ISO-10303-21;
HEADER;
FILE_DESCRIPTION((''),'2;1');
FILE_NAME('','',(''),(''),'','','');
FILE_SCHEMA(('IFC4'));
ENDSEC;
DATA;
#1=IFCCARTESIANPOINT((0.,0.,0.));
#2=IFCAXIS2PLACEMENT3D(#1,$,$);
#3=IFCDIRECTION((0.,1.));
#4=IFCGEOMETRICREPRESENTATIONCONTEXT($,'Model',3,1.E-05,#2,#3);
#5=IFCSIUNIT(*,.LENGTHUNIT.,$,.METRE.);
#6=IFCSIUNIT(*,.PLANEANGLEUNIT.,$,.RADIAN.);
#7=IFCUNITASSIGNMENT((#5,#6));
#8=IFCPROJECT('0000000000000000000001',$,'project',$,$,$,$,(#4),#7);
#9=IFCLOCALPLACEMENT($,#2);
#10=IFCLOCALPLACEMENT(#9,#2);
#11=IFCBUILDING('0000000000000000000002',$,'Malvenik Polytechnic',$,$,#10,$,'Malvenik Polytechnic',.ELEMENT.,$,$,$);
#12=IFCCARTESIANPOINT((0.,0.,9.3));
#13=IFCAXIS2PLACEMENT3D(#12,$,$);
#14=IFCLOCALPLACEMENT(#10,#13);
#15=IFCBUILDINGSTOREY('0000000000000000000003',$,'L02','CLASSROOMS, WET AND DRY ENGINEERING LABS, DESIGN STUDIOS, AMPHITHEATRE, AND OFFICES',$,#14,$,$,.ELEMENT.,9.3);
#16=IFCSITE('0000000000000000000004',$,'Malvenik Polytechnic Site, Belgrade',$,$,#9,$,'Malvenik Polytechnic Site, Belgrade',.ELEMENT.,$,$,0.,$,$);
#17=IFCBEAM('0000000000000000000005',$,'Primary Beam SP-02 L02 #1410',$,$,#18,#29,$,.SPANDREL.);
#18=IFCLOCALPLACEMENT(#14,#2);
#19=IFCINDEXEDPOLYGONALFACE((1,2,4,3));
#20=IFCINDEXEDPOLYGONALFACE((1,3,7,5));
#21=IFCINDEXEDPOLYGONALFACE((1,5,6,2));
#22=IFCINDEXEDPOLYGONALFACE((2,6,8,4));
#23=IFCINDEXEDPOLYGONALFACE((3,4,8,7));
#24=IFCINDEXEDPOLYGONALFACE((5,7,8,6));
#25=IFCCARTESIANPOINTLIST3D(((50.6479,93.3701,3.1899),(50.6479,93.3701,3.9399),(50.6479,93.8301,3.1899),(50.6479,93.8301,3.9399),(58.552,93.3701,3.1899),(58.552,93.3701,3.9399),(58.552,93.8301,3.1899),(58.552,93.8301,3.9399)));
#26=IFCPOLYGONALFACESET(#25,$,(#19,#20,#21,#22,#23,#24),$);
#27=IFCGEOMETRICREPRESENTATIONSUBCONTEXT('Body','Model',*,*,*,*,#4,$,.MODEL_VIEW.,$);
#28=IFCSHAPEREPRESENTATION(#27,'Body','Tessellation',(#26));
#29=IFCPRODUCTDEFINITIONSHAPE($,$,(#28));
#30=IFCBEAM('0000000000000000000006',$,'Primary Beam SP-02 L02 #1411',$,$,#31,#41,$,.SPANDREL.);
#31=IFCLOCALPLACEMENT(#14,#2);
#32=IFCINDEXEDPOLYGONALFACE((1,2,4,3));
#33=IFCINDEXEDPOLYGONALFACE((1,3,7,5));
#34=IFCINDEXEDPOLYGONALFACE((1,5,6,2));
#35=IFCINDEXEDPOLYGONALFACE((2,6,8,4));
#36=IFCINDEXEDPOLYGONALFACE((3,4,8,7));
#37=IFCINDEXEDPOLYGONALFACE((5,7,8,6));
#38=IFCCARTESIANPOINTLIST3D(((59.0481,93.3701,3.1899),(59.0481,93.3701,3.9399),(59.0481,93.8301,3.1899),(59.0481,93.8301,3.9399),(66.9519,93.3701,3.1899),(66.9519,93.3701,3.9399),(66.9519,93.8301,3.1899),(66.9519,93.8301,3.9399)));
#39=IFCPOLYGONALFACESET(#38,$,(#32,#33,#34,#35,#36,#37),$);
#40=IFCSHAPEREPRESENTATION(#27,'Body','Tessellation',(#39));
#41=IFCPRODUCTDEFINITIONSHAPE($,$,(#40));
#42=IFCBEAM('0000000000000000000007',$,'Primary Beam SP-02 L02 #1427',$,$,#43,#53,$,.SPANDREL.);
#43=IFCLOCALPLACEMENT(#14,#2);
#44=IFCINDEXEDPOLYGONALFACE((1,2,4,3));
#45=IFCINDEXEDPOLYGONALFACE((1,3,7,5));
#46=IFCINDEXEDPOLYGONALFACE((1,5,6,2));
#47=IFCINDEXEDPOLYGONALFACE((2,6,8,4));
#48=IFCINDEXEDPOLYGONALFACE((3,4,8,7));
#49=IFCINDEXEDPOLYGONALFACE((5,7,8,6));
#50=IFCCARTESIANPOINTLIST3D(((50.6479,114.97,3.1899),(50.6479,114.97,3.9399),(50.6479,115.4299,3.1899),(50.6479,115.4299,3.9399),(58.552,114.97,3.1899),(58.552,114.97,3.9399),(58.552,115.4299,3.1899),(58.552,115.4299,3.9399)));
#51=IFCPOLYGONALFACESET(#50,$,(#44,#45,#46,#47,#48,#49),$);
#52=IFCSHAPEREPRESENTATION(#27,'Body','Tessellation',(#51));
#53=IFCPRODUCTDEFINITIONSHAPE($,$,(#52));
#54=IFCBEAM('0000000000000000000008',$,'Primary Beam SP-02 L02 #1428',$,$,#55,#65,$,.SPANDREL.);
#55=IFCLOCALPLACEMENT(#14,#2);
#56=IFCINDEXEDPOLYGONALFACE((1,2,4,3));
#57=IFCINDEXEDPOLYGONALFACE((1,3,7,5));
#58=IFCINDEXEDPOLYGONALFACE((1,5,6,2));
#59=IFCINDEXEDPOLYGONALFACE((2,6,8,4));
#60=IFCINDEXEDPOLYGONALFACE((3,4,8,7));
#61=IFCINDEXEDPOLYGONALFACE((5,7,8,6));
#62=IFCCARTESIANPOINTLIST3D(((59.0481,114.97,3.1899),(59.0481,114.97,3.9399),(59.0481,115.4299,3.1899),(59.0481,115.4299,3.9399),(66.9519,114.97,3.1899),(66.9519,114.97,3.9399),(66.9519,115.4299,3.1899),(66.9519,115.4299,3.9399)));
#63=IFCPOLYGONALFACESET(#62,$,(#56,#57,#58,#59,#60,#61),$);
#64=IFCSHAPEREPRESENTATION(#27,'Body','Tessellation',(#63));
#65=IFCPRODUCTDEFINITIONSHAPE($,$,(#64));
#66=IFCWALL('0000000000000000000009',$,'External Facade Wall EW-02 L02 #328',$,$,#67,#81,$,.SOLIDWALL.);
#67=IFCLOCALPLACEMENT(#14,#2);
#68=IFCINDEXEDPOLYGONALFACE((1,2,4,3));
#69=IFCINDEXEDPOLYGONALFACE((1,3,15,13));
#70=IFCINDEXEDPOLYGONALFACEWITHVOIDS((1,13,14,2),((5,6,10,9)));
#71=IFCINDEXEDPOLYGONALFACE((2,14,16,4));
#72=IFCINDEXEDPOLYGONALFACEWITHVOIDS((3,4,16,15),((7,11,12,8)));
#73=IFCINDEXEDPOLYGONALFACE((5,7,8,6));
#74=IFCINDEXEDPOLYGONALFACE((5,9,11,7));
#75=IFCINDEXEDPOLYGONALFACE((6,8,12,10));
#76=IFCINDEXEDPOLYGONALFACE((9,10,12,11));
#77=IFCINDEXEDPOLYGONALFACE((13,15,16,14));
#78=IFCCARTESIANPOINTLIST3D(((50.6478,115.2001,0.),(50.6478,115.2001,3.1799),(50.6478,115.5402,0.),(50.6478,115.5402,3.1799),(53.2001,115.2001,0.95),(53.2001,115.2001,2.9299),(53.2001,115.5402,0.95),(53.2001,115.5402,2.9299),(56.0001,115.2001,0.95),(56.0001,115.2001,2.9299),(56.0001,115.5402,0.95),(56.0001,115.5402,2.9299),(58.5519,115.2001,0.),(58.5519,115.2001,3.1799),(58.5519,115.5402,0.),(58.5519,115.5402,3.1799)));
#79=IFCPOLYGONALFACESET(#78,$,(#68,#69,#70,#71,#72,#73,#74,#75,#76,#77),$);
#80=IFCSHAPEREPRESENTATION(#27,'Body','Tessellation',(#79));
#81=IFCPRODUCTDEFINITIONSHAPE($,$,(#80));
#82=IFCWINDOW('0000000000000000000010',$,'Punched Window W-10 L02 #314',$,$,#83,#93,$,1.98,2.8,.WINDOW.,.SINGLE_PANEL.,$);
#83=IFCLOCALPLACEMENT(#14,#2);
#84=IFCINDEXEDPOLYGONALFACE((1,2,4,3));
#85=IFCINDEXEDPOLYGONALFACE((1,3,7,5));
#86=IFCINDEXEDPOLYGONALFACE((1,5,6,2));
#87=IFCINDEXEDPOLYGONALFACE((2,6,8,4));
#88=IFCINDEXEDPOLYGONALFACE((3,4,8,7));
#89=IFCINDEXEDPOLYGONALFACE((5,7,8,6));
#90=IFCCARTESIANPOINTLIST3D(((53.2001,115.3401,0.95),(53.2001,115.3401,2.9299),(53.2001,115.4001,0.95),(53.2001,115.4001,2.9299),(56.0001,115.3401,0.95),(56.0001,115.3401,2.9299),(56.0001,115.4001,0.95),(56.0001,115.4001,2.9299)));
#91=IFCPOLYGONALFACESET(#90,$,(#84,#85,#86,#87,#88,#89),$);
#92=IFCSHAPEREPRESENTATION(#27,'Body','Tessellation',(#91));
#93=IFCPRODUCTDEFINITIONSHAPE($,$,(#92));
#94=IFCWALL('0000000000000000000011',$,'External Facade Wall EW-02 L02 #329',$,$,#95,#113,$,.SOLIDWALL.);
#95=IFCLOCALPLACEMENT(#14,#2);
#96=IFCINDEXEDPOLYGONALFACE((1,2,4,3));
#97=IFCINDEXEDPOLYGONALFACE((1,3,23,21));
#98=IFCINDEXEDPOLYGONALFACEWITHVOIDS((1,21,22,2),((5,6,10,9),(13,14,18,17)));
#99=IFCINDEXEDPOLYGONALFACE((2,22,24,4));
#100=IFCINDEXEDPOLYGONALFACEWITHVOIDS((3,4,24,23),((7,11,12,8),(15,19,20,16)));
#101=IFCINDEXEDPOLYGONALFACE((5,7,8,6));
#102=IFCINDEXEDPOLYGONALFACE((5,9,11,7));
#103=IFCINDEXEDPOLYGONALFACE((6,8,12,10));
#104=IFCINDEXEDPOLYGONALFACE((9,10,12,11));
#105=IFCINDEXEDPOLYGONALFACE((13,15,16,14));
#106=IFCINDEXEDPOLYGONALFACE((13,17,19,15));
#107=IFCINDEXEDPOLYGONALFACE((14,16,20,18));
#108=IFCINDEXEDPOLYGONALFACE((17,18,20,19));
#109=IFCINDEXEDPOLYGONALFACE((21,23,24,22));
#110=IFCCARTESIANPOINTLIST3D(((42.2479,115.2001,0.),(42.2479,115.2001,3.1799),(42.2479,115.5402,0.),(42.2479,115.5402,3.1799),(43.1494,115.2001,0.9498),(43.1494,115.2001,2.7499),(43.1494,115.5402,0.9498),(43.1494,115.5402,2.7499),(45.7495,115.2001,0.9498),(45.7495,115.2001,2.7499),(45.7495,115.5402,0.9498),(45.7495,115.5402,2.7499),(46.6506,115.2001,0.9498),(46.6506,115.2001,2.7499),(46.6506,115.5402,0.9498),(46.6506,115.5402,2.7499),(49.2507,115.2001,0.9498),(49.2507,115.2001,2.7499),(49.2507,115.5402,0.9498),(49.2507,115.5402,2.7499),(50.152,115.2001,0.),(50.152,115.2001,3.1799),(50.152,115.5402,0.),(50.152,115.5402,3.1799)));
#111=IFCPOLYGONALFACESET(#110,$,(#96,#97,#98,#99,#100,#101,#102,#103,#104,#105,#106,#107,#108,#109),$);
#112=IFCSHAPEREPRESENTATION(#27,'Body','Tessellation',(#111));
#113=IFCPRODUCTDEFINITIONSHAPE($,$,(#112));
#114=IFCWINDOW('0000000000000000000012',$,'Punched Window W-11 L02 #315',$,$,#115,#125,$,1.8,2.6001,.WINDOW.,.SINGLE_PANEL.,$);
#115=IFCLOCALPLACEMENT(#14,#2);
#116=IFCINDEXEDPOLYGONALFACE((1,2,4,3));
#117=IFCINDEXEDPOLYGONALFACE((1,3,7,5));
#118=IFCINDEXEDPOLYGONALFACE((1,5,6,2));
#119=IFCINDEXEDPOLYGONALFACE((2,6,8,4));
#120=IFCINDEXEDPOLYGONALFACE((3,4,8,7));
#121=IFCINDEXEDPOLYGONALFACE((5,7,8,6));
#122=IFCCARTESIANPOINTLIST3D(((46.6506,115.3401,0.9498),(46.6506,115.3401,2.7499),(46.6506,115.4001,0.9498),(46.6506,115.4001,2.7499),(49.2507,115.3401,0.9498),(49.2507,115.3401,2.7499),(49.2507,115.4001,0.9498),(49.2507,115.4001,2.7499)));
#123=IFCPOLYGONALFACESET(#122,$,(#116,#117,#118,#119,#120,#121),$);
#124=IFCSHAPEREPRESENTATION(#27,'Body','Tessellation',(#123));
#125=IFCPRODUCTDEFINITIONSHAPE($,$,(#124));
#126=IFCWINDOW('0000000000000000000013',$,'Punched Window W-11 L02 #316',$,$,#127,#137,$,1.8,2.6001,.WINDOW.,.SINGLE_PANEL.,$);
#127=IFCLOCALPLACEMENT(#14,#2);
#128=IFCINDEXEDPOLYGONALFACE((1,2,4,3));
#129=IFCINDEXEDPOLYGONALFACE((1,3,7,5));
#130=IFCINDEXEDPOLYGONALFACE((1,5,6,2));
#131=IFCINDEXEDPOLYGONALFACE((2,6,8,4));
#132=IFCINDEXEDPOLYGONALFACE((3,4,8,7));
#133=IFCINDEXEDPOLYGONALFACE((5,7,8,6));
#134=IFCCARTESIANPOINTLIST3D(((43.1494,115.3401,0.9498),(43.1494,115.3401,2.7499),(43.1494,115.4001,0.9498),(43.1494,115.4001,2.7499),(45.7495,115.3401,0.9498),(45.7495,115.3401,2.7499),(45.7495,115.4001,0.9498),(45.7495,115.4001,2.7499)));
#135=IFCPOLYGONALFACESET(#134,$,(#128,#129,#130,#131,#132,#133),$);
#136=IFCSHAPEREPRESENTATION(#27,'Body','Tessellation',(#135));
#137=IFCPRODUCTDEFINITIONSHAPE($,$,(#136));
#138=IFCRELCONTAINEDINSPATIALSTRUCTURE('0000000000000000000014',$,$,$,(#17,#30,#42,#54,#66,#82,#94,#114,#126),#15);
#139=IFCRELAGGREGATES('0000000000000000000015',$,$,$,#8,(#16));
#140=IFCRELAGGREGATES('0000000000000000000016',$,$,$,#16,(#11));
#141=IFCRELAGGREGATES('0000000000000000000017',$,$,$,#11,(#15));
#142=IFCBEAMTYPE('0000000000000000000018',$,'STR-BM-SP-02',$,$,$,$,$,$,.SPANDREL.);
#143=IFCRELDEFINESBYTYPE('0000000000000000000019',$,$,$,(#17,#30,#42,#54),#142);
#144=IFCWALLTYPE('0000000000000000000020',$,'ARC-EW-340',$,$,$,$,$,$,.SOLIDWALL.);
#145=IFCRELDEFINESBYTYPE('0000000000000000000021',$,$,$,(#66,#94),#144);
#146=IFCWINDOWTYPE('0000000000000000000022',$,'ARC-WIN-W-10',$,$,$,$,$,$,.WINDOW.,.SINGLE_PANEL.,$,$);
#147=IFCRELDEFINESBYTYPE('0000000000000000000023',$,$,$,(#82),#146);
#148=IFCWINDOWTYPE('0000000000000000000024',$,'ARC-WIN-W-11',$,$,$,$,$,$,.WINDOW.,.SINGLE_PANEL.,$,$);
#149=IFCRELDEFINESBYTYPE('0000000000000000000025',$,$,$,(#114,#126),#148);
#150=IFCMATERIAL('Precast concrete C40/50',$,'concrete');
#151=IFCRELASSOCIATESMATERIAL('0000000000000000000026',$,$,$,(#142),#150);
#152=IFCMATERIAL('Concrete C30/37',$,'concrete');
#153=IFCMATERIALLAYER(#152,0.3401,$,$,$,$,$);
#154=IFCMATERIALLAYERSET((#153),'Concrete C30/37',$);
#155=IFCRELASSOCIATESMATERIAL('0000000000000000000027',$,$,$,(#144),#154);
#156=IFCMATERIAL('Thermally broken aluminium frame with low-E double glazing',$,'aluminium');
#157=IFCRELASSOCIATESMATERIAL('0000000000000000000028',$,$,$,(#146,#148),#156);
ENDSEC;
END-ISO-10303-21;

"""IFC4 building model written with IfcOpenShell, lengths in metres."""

from ifc_helpers import new_model, si_unit, direction, frame, frame_2d, origin, origin_2d, place, context, subcontext, project, spatial, rectangle, extrude, material, layer, layer_set, material_profile, profile_set, type_object, element, fill, save


model = new_model("IFC4")

# Units and contexts
model_context = context("Model", 3, precision=1e-05, world=origin(), true_north=direction((0.0, 1.0)))
body_context = subcontext(model_context, "Body", "Model", "MODEL_VIEW")
ifc_project = project(units=[si_unit("LENGTHUNIT", "METRE"), si_unit("PLANEANGLEUNIT", "RADIAN")], contexts=[model_context])

# Site, building, storey
site_placement = place(None, origin())
site = spatial("IfcSite", under=ifc_project, at=site_placement, Name="Malvenik Polytechnic Site, Belgrade", LongName="Malvenik Polytechnic Site, Belgrade", CompositionType="ELEMENT", RefElevation=0.0)
building_placement = place(site_placement, origin())
building = spatial("IfcBuilding", under=site, at=building_placement, Name="Malvenik Polytechnic", LongName="Malvenik Polytechnic", CompositionType="ELEMENT")
storey_placement = place(building_placement, frame((0.0, 0.0, 9.3)))
storey = spatial("IfcBuildingStorey", under=building, at=storey_placement, Name="L02", Description="CLASSROOMS, WET AND DRY ENGINEERING LABS, DESIGN STUDIOS, AMPHITHEATRE, AND OFFICES", CompositionType="ELEMENT", Elevation=9.3)

# Beams
ifc_material_1 = material(Name="Precast concrete C40/50", Category="concrete")
ifc_material_profile_1 = material_profile(ifc_material_1, rectangle(XDim=0.46, YDim=0.75, at=origin_2d()), Name="PC SPN 460x750")
ifc_profile_set_1 = profile_set([ifc_material_profile_1], Name="Precast concrete C40/50")
beam_type = type_object("IfcBeamType", Name="STR-BM-SP-02", PredefinedType="SPANDREL", material=ifc_profile_set_1)
beam_1_placement = place(storey_placement, frame((50.6479, 93.6001, 3.5649), z_axis=(1.0, 0.0, 0.0), x_axis=(0.0, 1.0, 0.0)))
element("IfcBeam", 1, at=beam_1_placement, inside=storey, type_object=beam_type, Name="Primary Beam SP-02 L02 #1410", PredefinedType="SPANDREL", context=body_context, shape_type="SweptSolid", body=[
    extrude(rectangle(XDim=0.46, YDim=0.75, at=origin_2d()), origin(), (0.0, 0.0, 1.0), 7.9041),
])
beam_2_placement = place(storey_placement, frame((59.0481, 93.6001, 3.5649), z_axis=(1.0, 0.0, 0.0), x_axis=(0.0, 1.0, 0.0)))
element("IfcBeam", 2, at=beam_2_placement, inside=storey, type_object=beam_type, Name="Primary Beam SP-02 L02 #1411", PredefinedType="SPANDREL", context=body_context, shape_type="SweptSolid", body=[
    extrude(rectangle(XDim=0.46, YDim=0.75, at=origin_2d()), origin(), (0.0, 0.0, 1.0), 7.9038),
])
beam_3_placement = place(storey_placement, frame((50.6479, 115.2, 3.5649), z_axis=(1.0, 0.0, 0.0), x_axis=(0.0, 1.0, 0.0)))
element("IfcBeam", 3, at=beam_3_placement, inside=storey, type_object=beam_type, Name="Primary Beam SP-02 L02 #1427", PredefinedType="SPANDREL", context=body_context, shape_type="SweptSolid", body=[
    extrude(rectangle(XDim=0.46, YDim=0.75, at=origin_2d()), origin(), (0.0, 0.0, 1.0), 7.9041),
])
beam_4_placement = place(storey_placement, frame((59.0481, 115.2, 3.5649), z_axis=(1.0, 0.0, 0.0), x_axis=(0.0, 1.0, 0.0)))
element("IfcBeam", 4, at=beam_4_placement, inside=storey, type_object=beam_type, Name="Primary Beam SP-02 L02 #1428", PredefinedType="SPANDREL", context=body_context, shape_type="SweptSolid", body=[
    extrude(rectangle(XDim=0.46, YDim=0.75, at=origin_2d()), origin(), (0.0, 0.0, 1.0), 7.9038),
])

# Wall, opening, window
ifc_material_2 = material(Name="Concrete C30/37", Category="concrete")
ifc_layer = layer(ifc_material_2, 0.3401)
ifc_layer_set = layer_set([ifc_layer], Name="Concrete C30/37")
wall_type = type_object("IfcWallType", Name="ARC-EW-340", PredefinedType="SOLIDWALL", material=ifc_layer_set)
wall_1_placement = place(storey_placement, frame((58.552, 115.3701, 0.0), z_axis=(0.0, 0.0, 1.0), x_axis=(-1.0, 0.0, 0.0)))
wall_1 = element("IfcWall", 5, at=wall_1_placement, inside=storey, type_object=wall_type, Name="External Facade Wall EW-02 L02 #328", PredefinedType="SOLIDWALL", context=body_context, shape_type="SweptSolid", body=[
    extrude(rectangle(XDim=7.9041, YDim=0.3401, at=frame_2d((3.9521, 0.0))), origin(), (0.0, 0.0, 1.0), 3.1799),
])
opening_1_placement = place(wall_1_placement, frame((2.552, 0.0, 0.95)))
opening_1 = element("IfcOpeningElement", 6, at=opening_1_placement, cuts=wall_1, PredefinedType="OPENING", context=body_context, shape_type="SweptSolid", body=[
    extrude(rectangle(XDim=2.8, YDim=1.98, at=frame_2d((1.3999, 0.99))), frame((0.0, 0.1802, 0.0), z_axis=(0.0, -1.0, 0.0), x_axis=(1.0, 0.0, 0.0)), (0.0, 0.0, 1.0), 0.3601),
])
ifc_material_3 = material(Name="Thermally broken aluminium frame with low-E double glazing", Category="aluminium")
window_type_1 = type_object("IfcWindowType", Name="ARC-WIN-W-10", PartitioningType="SINGLE_PANEL", PredefinedType="WINDOW", material=ifc_material_3)
window_1_placement = place(opening_1_placement, origin())
window_1 = element("IfcWindow", 7, at=window_1_placement, inside=storey, type_object=window_type_1, Name="Punched Window W-10 L02 #314", OverallHeight=1.98, OverallWidth=2.8, PartitioningType="SINGLE_PANEL", PredefinedType="WINDOW", context=body_context, shape_type="SweptSolid", body=[
    extrude(rectangle(XDim=2.8, YDim=1.98, at=frame_2d((1.3999, 0.99))), frame((0.0, 0.03, 0.0), z_axis=(0.0, -1.0, 0.0), x_axis=(1.0, 0.0, 0.0)), (0.0, 0.0, 1.0), 0.0601),
])
fill(opening_1, window_1)

# Wall, openings, windows
wall_2_placement = place(storey_placement, frame((50.1521, 115.3701, 0.0), z_axis=(0.0, 0.0, 1.0), x_axis=(-1.0, 0.0, 0.0)))
wall_2 = element("IfcWall", 8, at=wall_2_placement, inside=storey, type_object=wall_type, Name="External Facade Wall EW-02 L02 #329", PredefinedType="SOLIDWALL", context=body_context, shape_type="SweptSolid", body=[
    extrude(rectangle(XDim=7.9041, YDim=0.3401, at=frame_2d((3.9521, 0.0))), origin(), (0.0, 0.0, 1.0), 3.1799),
])
opening_2_placement = place(wall_2_placement, frame((0.9014, 0.0, 0.95)))
opening_2 = element("IfcOpeningElement", 9, at=opening_2_placement, cuts=wall_2, PredefinedType="OPENING", context=body_context, shape_type="SweptSolid", body=[
    extrude(rectangle(XDim=2.6001, YDim=1.8, at=frame_2d((1.3, 0.8999))), frame((0.0, 0.1802, 0.0), z_axis=(0.0, -1.0, 0.0), x_axis=(1.0, 0.0, 0.0)), (0.0, 0.0, 1.0), 0.3601),
])
opening_3_placement = place(wall_2_placement, frame((4.4026, 0.0, 0.95)))
opening_3 = element("IfcOpeningElement", 10, at=opening_3_placement, cuts=wall_2, PredefinedType="OPENING", context=body_context, shape_type="SweptSolid", body=[
    extrude(rectangle(XDim=2.6001, YDim=1.8, at=frame_2d((1.3, 0.8999))), frame((0.0, 0.1802, 0.0), z_axis=(0.0, -1.0, 0.0), x_axis=(1.0, 0.0, 0.0)), (0.0, 0.0, 1.0), 0.3601),
])
window_type_2 = type_object("IfcWindowType", Name="ARC-WIN-W-11", PartitioningType="SINGLE_PANEL", PredefinedType="WINDOW", material=ifc_material_3)
window_2_placement = place(opening_2_placement, origin())
window_2 = element("IfcWindow", 11, at=window_2_placement, inside=storey, type_object=window_type_2, Name="Punched Window W-11 L02 #315", OverallHeight=1.8, OverallWidth=2.6001, PartitioningType="SINGLE_PANEL", PredefinedType="WINDOW", context=body_context, shape_type="SweptSolid", body=[
    extrude(rectangle(XDim=2.6001, YDim=1.8, at=frame_2d((1.3, 0.8999))), frame((0.0, 0.03, 0.0), z_axis=(0.0, -1.0, 0.0), x_axis=(1.0, 0.0, 0.0)), (0.0, 0.0, 1.0), 0.0601),
])
fill(opening_2, window_2)
window_3_placement = place(opening_3_placement, origin())
window_3 = element("IfcWindow", 12, at=window_3_placement, inside=storey, type_object=window_type_2, Name="Punched Window W-11 L02 #316", OverallHeight=1.8, OverallWidth=2.6001, PartitioningType="SINGLE_PANEL", PredefinedType="WINDOW", context=body_context, shape_type="SweptSolid", body=[
    extrude(rectangle(XDim=2.6001, YDim=1.8, at=frame_2d((1.3, 0.8999))), frame((0.0, 0.03, 0.0), z_axis=(0.0, -1.0, 0.0), x_axis=(1.0, 0.0, 0.0)), (0.0, 0.0, 1.0), 0.0601),
])
fill(opening_3, window_3)

save(model, "model.ifc")
